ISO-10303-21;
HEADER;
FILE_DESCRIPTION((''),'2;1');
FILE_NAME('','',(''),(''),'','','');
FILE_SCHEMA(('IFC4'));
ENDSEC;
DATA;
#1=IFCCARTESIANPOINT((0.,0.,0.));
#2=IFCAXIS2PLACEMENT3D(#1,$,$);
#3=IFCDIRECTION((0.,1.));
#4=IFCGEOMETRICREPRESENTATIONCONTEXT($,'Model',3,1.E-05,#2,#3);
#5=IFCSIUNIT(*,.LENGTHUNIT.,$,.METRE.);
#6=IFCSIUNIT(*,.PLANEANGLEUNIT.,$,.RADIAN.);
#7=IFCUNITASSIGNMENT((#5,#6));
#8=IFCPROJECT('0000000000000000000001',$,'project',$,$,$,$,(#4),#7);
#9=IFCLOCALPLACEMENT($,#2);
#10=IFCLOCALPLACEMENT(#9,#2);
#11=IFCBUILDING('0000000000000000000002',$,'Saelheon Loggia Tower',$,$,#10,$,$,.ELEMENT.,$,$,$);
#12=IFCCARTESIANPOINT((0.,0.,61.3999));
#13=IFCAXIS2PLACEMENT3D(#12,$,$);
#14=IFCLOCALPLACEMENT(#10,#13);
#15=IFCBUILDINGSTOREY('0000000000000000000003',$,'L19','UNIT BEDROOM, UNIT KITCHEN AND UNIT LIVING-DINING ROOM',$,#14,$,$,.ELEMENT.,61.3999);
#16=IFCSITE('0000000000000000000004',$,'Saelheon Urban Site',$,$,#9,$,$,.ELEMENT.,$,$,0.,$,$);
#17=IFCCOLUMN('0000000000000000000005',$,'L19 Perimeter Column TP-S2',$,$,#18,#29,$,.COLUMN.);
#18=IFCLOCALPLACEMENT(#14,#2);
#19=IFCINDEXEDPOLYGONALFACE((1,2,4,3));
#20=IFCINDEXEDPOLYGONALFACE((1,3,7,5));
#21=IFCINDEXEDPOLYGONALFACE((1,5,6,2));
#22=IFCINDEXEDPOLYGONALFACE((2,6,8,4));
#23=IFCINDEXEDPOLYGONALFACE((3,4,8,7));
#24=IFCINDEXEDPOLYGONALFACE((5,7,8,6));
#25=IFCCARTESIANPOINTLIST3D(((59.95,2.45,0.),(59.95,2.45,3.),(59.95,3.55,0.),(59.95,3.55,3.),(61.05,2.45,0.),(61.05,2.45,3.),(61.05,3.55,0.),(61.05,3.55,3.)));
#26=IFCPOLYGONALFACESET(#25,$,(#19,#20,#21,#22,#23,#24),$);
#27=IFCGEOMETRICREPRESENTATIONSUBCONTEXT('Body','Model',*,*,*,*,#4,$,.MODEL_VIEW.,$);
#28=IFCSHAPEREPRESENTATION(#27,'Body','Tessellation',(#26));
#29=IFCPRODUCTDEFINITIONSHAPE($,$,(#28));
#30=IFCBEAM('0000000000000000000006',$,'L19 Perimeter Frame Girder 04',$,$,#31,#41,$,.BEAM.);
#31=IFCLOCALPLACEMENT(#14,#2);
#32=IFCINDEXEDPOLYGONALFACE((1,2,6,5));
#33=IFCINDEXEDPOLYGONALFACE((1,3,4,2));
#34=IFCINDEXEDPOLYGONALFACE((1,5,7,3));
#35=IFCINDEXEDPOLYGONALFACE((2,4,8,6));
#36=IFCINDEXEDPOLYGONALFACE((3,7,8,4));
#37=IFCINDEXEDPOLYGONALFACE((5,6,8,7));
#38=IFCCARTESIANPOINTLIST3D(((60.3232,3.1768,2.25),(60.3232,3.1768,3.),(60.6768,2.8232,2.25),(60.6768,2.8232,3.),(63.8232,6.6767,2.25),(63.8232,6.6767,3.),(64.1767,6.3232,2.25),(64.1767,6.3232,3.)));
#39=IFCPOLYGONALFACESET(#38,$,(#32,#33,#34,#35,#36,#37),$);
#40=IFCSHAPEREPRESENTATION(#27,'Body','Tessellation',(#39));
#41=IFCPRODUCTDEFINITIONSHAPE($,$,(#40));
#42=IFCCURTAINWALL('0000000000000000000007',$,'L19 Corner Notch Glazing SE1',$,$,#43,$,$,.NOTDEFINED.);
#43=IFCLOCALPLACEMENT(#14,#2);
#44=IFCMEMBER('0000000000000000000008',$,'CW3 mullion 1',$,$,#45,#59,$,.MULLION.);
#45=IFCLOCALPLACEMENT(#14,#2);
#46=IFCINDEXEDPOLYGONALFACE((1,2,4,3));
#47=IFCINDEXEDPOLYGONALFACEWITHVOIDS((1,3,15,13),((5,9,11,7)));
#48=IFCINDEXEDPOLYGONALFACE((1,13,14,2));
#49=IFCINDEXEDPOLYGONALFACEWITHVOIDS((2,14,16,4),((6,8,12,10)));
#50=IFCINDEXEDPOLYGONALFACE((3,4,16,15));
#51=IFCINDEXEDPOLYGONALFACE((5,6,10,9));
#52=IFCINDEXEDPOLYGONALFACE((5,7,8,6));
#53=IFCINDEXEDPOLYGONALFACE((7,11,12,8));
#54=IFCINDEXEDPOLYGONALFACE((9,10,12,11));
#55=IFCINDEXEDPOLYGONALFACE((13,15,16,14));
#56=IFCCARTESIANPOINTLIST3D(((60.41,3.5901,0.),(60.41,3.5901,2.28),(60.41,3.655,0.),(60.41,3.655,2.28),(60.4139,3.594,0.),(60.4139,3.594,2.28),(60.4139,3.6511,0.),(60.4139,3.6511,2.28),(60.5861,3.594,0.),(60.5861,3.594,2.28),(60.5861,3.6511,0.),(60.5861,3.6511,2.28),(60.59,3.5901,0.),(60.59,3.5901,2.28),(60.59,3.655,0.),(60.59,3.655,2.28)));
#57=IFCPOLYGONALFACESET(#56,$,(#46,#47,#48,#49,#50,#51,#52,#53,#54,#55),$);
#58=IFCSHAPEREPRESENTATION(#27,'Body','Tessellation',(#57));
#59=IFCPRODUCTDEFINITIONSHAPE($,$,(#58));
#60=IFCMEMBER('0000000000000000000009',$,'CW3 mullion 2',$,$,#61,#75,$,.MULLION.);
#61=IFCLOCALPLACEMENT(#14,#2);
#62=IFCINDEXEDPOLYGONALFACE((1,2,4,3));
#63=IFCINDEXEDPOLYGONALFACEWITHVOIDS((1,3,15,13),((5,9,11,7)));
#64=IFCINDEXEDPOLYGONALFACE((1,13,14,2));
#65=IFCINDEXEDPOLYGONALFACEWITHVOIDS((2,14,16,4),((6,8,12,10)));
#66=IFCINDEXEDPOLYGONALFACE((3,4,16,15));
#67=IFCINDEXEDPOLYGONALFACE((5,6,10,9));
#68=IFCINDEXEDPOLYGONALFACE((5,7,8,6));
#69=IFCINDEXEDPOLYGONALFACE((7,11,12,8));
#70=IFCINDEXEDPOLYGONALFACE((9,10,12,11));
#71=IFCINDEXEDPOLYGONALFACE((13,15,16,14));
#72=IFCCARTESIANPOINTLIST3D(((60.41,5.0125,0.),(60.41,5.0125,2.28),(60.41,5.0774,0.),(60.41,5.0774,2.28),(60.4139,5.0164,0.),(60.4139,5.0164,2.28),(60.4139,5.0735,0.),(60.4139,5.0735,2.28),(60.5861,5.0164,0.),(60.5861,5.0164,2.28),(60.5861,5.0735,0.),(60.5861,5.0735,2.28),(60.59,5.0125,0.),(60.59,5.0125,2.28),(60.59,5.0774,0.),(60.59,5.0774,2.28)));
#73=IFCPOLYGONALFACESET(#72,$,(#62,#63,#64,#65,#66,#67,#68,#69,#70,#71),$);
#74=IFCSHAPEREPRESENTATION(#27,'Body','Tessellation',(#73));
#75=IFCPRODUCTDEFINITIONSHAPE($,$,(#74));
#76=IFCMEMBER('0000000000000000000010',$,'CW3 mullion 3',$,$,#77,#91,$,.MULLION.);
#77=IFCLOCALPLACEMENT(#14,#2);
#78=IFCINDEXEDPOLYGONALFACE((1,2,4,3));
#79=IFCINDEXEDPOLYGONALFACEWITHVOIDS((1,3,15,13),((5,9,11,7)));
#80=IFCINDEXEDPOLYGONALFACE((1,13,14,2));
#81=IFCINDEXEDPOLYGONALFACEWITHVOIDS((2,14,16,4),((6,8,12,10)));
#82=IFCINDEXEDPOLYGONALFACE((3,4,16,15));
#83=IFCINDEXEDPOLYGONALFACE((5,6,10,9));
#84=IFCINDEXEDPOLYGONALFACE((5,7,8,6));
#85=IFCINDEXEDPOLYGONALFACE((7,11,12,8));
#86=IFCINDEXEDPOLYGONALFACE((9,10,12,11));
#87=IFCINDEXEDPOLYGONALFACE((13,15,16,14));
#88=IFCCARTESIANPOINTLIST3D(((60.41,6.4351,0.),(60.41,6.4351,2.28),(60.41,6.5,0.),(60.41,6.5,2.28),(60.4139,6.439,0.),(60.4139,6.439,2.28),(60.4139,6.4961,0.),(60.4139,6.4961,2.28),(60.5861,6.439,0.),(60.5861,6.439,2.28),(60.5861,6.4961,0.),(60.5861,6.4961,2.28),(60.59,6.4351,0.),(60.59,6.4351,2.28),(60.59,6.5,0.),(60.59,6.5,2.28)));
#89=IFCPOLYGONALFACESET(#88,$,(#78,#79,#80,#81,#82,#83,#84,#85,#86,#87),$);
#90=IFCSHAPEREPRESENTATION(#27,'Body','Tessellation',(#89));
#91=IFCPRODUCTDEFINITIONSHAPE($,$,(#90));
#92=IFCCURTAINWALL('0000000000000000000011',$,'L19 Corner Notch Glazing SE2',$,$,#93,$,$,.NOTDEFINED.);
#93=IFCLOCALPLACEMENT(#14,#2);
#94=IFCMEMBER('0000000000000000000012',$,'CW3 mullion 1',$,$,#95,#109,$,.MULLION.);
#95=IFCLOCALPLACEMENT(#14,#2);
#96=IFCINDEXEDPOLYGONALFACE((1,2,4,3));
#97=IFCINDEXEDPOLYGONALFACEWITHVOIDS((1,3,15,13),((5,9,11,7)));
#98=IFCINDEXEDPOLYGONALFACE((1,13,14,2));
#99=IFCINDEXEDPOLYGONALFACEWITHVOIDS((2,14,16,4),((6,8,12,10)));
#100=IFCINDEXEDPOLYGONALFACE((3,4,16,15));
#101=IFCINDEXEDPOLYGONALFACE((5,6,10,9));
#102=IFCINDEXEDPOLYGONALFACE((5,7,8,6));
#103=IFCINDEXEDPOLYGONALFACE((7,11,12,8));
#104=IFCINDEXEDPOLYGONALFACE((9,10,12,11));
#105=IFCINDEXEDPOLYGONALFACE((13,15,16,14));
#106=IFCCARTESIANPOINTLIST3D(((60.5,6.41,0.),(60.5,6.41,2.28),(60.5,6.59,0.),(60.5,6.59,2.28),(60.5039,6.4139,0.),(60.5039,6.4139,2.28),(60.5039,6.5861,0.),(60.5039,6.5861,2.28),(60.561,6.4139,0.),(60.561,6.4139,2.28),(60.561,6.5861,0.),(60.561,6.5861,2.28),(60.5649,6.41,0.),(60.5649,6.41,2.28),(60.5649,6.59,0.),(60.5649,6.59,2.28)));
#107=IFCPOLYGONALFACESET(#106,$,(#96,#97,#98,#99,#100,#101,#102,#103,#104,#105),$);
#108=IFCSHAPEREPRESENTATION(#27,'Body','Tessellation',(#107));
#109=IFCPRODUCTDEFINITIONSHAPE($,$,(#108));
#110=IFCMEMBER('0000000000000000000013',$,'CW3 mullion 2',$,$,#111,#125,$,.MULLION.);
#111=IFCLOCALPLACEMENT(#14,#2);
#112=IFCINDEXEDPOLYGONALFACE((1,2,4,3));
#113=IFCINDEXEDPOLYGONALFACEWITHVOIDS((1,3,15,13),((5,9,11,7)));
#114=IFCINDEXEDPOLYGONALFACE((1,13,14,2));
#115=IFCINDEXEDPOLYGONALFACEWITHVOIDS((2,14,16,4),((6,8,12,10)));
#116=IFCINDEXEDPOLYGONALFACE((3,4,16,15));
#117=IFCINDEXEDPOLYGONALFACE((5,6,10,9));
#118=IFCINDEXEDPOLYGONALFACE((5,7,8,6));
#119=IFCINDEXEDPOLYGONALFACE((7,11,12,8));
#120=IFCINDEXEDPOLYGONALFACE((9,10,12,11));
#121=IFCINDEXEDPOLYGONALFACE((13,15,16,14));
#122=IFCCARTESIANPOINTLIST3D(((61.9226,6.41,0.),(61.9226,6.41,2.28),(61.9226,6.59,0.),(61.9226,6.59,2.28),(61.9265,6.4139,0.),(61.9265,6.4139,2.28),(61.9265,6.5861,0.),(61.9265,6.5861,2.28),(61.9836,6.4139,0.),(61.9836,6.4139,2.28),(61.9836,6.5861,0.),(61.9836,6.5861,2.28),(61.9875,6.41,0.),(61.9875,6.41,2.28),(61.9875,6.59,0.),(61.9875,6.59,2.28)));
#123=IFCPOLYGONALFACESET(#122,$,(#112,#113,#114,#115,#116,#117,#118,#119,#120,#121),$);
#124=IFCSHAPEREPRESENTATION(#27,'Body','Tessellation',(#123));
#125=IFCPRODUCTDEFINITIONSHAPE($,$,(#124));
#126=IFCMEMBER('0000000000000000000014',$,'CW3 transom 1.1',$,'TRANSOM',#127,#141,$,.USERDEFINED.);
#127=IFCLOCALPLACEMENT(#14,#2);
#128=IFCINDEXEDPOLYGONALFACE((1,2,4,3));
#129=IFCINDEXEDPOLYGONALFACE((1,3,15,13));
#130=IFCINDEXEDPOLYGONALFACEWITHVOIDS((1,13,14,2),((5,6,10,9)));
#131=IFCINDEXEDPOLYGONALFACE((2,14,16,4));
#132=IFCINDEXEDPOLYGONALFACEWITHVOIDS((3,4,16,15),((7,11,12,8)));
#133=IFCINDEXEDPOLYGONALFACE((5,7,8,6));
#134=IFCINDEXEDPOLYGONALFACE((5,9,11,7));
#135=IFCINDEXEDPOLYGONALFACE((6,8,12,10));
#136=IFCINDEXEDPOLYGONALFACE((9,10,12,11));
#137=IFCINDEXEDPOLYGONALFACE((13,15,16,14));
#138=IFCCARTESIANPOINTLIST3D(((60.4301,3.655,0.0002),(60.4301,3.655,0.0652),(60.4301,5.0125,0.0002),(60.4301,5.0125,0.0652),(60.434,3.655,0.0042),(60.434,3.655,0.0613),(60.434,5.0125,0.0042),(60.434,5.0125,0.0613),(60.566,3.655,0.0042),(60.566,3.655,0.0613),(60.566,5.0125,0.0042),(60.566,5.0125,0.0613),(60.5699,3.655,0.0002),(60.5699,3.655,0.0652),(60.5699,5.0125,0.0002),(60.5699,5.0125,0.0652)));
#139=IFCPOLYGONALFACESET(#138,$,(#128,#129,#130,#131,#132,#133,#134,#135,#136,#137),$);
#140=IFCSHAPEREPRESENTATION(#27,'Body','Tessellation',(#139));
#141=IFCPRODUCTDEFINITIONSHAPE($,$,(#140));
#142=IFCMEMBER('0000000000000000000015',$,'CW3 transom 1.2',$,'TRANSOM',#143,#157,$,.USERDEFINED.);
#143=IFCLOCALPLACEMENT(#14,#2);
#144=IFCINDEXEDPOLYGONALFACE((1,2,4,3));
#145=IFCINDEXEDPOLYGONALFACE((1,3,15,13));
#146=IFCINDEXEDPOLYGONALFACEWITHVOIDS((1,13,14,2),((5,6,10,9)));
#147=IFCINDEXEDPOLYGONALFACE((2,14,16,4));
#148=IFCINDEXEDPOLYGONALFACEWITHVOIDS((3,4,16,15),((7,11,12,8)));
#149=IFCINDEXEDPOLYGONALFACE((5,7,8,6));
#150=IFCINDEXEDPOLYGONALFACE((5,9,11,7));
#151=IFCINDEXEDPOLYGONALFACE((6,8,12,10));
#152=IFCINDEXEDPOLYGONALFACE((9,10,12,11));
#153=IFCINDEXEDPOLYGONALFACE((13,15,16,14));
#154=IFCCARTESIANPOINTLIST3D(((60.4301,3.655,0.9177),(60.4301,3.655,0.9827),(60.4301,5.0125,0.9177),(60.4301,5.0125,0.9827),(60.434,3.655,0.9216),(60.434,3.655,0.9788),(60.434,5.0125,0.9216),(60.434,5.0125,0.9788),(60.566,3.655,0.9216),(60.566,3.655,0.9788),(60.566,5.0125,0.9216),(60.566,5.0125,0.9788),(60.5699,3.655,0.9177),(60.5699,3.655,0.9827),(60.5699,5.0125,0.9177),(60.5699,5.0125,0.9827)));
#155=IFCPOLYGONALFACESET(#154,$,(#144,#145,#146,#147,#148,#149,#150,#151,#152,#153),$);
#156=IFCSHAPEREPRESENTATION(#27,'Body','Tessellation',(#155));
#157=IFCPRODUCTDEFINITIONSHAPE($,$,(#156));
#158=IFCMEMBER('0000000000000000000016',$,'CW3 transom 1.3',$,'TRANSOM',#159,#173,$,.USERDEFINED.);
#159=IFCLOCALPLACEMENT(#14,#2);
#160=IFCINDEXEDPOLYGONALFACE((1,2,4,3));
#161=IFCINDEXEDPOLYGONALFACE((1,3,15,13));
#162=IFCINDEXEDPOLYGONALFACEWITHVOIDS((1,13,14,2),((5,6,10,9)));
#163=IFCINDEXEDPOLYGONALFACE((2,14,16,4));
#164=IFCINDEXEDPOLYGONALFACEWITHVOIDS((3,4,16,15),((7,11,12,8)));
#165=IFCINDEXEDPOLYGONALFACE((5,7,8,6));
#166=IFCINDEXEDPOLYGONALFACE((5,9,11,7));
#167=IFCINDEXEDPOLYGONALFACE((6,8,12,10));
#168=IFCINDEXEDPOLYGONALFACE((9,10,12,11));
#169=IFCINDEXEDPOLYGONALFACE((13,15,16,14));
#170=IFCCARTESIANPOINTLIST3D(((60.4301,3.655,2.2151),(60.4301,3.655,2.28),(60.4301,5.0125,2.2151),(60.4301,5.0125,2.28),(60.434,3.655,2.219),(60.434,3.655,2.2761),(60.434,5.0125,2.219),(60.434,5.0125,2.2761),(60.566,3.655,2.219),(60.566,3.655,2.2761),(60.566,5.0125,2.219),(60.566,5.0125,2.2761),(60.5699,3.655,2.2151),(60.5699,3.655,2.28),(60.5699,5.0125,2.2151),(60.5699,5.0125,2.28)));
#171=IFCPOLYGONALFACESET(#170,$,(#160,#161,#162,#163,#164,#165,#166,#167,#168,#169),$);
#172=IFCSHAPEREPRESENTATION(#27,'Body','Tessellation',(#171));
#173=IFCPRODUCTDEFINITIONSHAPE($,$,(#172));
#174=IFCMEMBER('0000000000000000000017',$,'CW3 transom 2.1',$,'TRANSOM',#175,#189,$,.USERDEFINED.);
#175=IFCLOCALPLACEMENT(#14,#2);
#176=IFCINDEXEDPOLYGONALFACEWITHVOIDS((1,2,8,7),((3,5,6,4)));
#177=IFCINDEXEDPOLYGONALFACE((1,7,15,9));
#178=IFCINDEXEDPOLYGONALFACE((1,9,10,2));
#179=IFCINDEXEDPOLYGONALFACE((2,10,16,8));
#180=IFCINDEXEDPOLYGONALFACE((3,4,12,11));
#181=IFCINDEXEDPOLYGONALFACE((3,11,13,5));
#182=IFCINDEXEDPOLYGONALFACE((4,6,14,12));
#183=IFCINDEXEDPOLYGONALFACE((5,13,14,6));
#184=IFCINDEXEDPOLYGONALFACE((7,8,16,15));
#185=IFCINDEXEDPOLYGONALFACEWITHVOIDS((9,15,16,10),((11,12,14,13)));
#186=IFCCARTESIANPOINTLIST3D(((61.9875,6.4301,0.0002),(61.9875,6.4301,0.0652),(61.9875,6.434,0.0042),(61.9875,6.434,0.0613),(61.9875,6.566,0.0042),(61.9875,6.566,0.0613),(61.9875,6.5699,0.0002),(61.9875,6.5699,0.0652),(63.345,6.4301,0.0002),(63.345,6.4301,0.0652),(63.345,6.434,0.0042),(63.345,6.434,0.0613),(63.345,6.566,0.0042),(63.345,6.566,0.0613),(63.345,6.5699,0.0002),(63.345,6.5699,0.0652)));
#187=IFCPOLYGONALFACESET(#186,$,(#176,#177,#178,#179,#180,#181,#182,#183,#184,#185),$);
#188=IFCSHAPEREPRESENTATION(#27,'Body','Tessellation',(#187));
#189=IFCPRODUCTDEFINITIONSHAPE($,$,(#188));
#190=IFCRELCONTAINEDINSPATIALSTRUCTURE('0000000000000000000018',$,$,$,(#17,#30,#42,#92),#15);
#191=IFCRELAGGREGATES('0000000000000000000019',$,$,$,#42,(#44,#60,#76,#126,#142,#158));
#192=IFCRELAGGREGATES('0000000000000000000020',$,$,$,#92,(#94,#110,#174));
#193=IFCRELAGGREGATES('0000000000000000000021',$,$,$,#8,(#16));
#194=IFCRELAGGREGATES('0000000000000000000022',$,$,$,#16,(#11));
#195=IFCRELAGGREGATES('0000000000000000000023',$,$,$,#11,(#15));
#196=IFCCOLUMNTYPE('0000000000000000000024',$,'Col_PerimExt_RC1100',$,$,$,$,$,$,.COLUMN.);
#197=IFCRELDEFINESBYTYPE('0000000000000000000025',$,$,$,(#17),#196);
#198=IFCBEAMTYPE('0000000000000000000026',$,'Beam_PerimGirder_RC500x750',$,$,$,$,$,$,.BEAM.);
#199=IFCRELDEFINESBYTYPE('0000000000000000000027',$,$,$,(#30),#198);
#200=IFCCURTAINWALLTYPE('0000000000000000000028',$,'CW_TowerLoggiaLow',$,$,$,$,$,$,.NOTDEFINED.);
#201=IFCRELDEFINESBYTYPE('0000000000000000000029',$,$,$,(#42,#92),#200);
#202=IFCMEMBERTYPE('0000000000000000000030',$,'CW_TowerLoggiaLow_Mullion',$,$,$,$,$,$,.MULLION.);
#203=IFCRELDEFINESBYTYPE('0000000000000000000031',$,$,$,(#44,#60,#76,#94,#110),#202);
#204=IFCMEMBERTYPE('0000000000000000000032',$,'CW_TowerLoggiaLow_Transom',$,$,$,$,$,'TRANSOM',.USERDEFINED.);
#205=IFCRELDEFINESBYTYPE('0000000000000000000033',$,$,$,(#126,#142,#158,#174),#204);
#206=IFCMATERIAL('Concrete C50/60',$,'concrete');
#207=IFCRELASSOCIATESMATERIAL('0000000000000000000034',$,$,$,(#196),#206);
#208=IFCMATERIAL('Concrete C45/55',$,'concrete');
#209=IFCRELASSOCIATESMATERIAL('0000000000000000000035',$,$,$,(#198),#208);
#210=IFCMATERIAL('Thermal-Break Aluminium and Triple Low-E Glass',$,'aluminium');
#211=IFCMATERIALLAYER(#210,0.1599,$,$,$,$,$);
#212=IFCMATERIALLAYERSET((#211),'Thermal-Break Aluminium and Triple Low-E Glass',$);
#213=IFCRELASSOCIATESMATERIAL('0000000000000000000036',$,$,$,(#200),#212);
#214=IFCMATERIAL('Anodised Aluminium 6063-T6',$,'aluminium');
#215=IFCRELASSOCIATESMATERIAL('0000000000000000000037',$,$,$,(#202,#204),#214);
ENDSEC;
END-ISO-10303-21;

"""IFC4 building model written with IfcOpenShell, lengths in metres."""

from ifc_helpers import new_model, si_unit, direction, frame, origin, origin_2d, place, context, subcontext, project, spatial, rectangle, hollow_rectangle, extrude, source, transform, mapped, material, layer, layer_set, material_profile, profile_set, type_object, element, aggregate, save


model = new_model("IFC4")

# Units and contexts
model_context = context("Model", 3, precision=1e-05, world=origin(), true_north=direction((0.0, 1.0)))
body_context = subcontext(model_context, "Body", "Model", "MODEL_VIEW")
ifc_project = project(units=[si_unit("LENGTHUNIT", "METRE"), si_unit("PLANEANGLEUNIT", "RADIAN")], contexts=[model_context])

# Site, building, storey
site_placement = place(None, origin())
site = spatial("IfcSite", under=ifc_project, at=site_placement, Name="Saelheon Urban Site", CompositionType="ELEMENT", RefElevation=0.0)
building_placement = place(site_placement, origin())
building = spatial("IfcBuilding", under=site, at=building_placement, Name="Saelheon Loggia Tower", CompositionType="ELEMENT")
storey_placement = place(building_placement, frame((0.0, 0.0, 61.3999)))
storey = spatial("IfcBuildingStorey", under=building, at=storey_placement, Name="L19", Description="UNIT BEDROOM, UNIT KITCHEN AND UNIT LIVING-DINING ROOM", CompositionType="ELEMENT", Elevation=61.3999)

# Column
ifc_material_1 = material(Name="Concrete C50/60", Category="concrete")
ifc_material_profile_1 = material_profile(ifc_material_1, rectangle(XDim=1.1001, YDim=1.1001, at=origin_2d()), Name="RC-1100x1100")
ifc_profile_set_1 = profile_set([ifc_material_profile_1], Name="Concrete C50/60")
column_type = type_object("IfcColumnType", Name="Col_PerimExt_RC1100", PredefinedType="COLUMN", material=ifc_profile_set_1)
shared_shape_1 = source(origin(), body_context, "Body", "SweptSolid", [
    extrude(rectangle(XDim=1.1001, YDim=1.1001, at=origin_2d()), origin(), (0.0, 0.0, 1.0), 3.0),
])
column_placement = place(storey_placement, frame((60.5, 3.0, 0.0), z_axis=(0.0, 0.0, 1.0), x_axis=(1.0, 0.0, 0.0)))
element("IfcColumn", 1, at=column_placement, inside=storey, type_object=column_type, Name="L19 Perimeter Column TP-S2", PredefinedType="COLUMN", context=body_context, shape_type="MappedRepresentation", body=[
    mapped(shared_shape_1, transform((0.0, 0.0, 0.0), scale=1.0)),
])

# Beam
ifc_material_2 = material(Name="Concrete C45/55", Category="concrete")
ifc_material_profile_2 = material_profile(ifc_material_2, rectangle(XDim=0.5, YDim=0.75, at=origin_2d()), Name="RC-500x750")
ifc_profile_set_2 = profile_set([ifc_material_profile_2], Name="Concrete C45/55")
beam_type = type_object("IfcBeamType", Name="Beam_PerimGirder_RC500x750", PredefinedType="BEAM", material=ifc_profile_set_2)
shared_shape_2 = source(origin(), body_context, "Body", "SweptSolid", [
    extrude(rectangle(XDim=0.5, YDim=0.75, at=origin_2d()), origin(), (0.0, 0.0, 1.0), 4.9497),
])
beam_placement = place(storey_placement, frame((60.5, 3.0, 2.625), z_axis=(0.707107, 0.707107, 0.0), x_axis=(-0.707107, 0.707107, 0.0)))
element("IfcBeam", 2, at=beam_placement, inside=storey, type_object=beam_type, Name="L19 Perimeter Frame Girder 04", PredefinedType="BEAM", context=body_context, shape_type="MappedRepresentation", body=[
    mapped(shared_shape_2, transform((0.0, 0.0, 0.0), scale=1.0)),
])

# Curtain walls, members
ifc_material_3 = material(Name="Thermal-Break Aluminium and Triple Low-E Glass", Category="aluminium")
ifc_layer_1 = layer(ifc_material_3, 0.1599)
ifc_layer_set_1 = layer_set([ifc_layer_1], Name="Thermal-Break Aluminium and Triple Low-E Glass")
curtain_wall_type = type_object("IfcCurtainWallType", Name="CW_TowerLoggiaLow", PredefinedType="NOTDEFINED", material=ifc_layer_set_1)
curtain_wall_1_placement = place(storey_placement, origin())
curtain_wall_1 = element("IfcCurtainWall", 3, at=curtain_wall_1_placement, inside=storey, type_object=curtain_wall_type, Name="L19 Corner Notch Glazing SE1", PredefinedType="NOTDEFINED")
ifc_material_4 = material(Name="Anodised Aluminium 6063-T6", Category="aluminium")
ifc_material_profile_3 = material_profile(ifc_material_4, hollow_rectangle(XDim=0.0649, YDim=0.1799, WallThickness=0.0039, at=origin_2d()), Name="RHS-180x65x4")
ifc_profile_set_3 = profile_set([ifc_material_profile_3], Name="Anodised Aluminium 6063-T6")
member_type_1 = type_object("IfcMemberType", Name="CW_TowerLoggiaLow_Mullion", PredefinedType="MULLION", material=ifc_profile_set_3)
shared_shape_3 = source(origin(), body_context, "Body", "SweptSolid", [
    extrude(hollow_rectangle(XDim=0.0649, YDim=0.1799, WallThickness=0.0039, at=origin_2d()), origin(), (0.0, 0.0, 1.0), 2.28),
])
member_1_placement = place(storey_placement, frame((60.5, 3.6226, 0.0), z_axis=(0.0, 0.0, 1.0), x_axis=(0.0, 1.0, 0.0)))
member_1 = element("IfcMember", 4, at=member_1_placement, type_object=member_type_1, Name="CW3 mullion 1", PredefinedType="MULLION", context=body_context, shape_type="MappedRepresentation", body=[
    mapped(shared_shape_3, transform((0.0, 0.0, 0.0), scale=1.0)),
])
member_2_placement = place(storey_placement, frame((60.5, 5.0449, 0.0), z_axis=(0.0, 0.0, 1.0), x_axis=(0.0, 1.0, 0.0)))
member_2 = element("IfcMember", 5, at=member_2_placement, type_object=member_type_1, Name="CW3 mullion 2", PredefinedType="MULLION", context=body_context, shape_type="MappedRepresentation", body=[
    mapped(shared_shape_3, transform((0.0, 0.0, 0.0), scale=1.0)),
])
member_3_placement = place(storey_placement, frame((60.5, 6.4675, 0.0), z_axis=(0.0, 0.0, 1.0), x_axis=(0.0, 1.0, 0.0)))
member_3 = element("IfcMember", 6, at=member_3_placement, type_object=member_type_1, Name="CW3 mullion 3", PredefinedType="MULLION", context=body_context, shape_type="MappedRepresentation", body=[
    mapped(shared_shape_3, transform((0.0, 0.0, 0.0), scale=1.0)),
])
curtain_wall_2_placement = place(storey_placement, origin())
curtain_wall_2 = element("IfcCurtainWall", 7, at=curtain_wall_2_placement, inside=storey, type_object=curtain_wall_type, Name="L19 Corner Notch Glazing SE2", PredefinedType="NOTDEFINED")
member_4_placement = place(storey_placement, frame((60.5325, 6.5, 0.0), z_axis=(0.0, 0.0, 1.0), x_axis=(1.0, 0.0, 0.0)))
member_4 = element("IfcMember", 8, at=member_4_placement, type_object=member_type_1, Name="CW3 mullion 1", PredefinedType="MULLION", context=body_context, shape_type="MappedRepresentation", body=[
    mapped(shared_shape_3, transform((0.0, 0.0, 0.0), scale=1.0)),
])
member_5_placement = place(storey_placement, frame((61.9551, 6.5, 0.0), z_axis=(0.0, 0.0, 1.0), x_axis=(1.0, 0.0, 0.0)))
member_5 = element("IfcMember", 9, at=member_5_placement, type_object=member_type_1, Name="CW3 mullion 2", PredefinedType="MULLION", context=body_context, shape_type="MappedRepresentation", body=[
    mapped(shared_shape_3, transform((0.0, 0.0, 0.0), scale=1.0)),
])

# Members
ifc_material_profile_4 = material_profile(ifc_material_4, hollow_rectangle(XDim=0.0649, YDim=0.1399, WallThickness=0.0039, at=origin_2d()), Name="RHS-140x65x4")
ifc_profile_set_4 = profile_set([ifc_material_profile_4], Name="Anodised Aluminium 6063-T6")
member_type_2 = type_object("IfcMemberType", Name="CW_TowerLoggiaLow_Transom", ElementType="TRANSOM", PredefinedType="USERDEFINED", material=ifc_profile_set_4)
shared_shape_4 = source(origin(), body_context, "Body", "SweptSolid", [
    extrude(hollow_rectangle(XDim=0.0649, YDim=0.1399, WallThickness=0.0039, at=origin_2d()), origin(), (0.0, 0.0, 1.0), 1.3574),
])
member_6_placement = place(storey_placement, frame((60.5, 3.655, 0.0327), z_axis=(0.0, 1.0, 0.0), x_axis=(0.0, 0.0, 1.0)))
member_6 = element("IfcMember", 10, at=member_6_placement, type_object=member_type_2, Name="CW3 transom 1.1", ObjectType="TRANSOM", PredefinedType="USERDEFINED", context=body_context, shape_type="MappedRepresentation", body=[
    mapped(shared_shape_4, transform((0.0, 0.0, 0.0), scale=1.0)),
])
member_7_placement = place(storey_placement, frame((60.5, 3.655, 0.9502), z_axis=(0.0, 1.0, 0.0), x_axis=(0.0, 0.0, 1.0)))
member_7 = element("IfcMember", 11, at=member_7_placement, type_object=member_type_2, Name="CW3 transom 1.2", ObjectType="TRANSOM", PredefinedType="USERDEFINED", context=body_context, shape_type="MappedRepresentation", body=[
    mapped(shared_shape_4, transform((0.0, 0.0, 0.0), scale=1.0)),
])
member_8_placement = place(storey_placement, frame((60.5, 3.655, 2.2476), z_axis=(0.0, 1.0, 0.0), x_axis=(0.0, 0.0, 1.0)))
member_8 = element("IfcMember", 12, at=member_8_placement, type_object=member_type_2, Name="CW3 transom 1.3", ObjectType="TRANSOM", PredefinedType="USERDEFINED", context=body_context, shape_type="MappedRepresentation", body=[
    mapped(shared_shape_4, transform((0.0, 0.0, 0.0), scale=1.0)),
])
member_9_placement = place(storey_placement, frame((61.9875, 6.5, 0.0327), z_axis=(1.0, 0.0, 0.0), x_axis=(0.0, 0.0, 1.0)))
member_9 = element("IfcMember", 13, at=member_9_placement, type_object=member_type_2, Name="CW3 transom 2.1", ObjectType="TRANSOM", PredefinedType="USERDEFINED", context=body_context, shape_type="MappedRepresentation", body=[
    mapped(shared_shape_4, transform((0.0, 0.0, 0.0), scale=1.0)),
])

aggregate(curtain_wall_1, [member_1, member_2, member_3, member_6, member_7, member_8])
aggregate(curtain_wall_2, [member_4, member_5, member_9])

save(model, "model.ifc")
